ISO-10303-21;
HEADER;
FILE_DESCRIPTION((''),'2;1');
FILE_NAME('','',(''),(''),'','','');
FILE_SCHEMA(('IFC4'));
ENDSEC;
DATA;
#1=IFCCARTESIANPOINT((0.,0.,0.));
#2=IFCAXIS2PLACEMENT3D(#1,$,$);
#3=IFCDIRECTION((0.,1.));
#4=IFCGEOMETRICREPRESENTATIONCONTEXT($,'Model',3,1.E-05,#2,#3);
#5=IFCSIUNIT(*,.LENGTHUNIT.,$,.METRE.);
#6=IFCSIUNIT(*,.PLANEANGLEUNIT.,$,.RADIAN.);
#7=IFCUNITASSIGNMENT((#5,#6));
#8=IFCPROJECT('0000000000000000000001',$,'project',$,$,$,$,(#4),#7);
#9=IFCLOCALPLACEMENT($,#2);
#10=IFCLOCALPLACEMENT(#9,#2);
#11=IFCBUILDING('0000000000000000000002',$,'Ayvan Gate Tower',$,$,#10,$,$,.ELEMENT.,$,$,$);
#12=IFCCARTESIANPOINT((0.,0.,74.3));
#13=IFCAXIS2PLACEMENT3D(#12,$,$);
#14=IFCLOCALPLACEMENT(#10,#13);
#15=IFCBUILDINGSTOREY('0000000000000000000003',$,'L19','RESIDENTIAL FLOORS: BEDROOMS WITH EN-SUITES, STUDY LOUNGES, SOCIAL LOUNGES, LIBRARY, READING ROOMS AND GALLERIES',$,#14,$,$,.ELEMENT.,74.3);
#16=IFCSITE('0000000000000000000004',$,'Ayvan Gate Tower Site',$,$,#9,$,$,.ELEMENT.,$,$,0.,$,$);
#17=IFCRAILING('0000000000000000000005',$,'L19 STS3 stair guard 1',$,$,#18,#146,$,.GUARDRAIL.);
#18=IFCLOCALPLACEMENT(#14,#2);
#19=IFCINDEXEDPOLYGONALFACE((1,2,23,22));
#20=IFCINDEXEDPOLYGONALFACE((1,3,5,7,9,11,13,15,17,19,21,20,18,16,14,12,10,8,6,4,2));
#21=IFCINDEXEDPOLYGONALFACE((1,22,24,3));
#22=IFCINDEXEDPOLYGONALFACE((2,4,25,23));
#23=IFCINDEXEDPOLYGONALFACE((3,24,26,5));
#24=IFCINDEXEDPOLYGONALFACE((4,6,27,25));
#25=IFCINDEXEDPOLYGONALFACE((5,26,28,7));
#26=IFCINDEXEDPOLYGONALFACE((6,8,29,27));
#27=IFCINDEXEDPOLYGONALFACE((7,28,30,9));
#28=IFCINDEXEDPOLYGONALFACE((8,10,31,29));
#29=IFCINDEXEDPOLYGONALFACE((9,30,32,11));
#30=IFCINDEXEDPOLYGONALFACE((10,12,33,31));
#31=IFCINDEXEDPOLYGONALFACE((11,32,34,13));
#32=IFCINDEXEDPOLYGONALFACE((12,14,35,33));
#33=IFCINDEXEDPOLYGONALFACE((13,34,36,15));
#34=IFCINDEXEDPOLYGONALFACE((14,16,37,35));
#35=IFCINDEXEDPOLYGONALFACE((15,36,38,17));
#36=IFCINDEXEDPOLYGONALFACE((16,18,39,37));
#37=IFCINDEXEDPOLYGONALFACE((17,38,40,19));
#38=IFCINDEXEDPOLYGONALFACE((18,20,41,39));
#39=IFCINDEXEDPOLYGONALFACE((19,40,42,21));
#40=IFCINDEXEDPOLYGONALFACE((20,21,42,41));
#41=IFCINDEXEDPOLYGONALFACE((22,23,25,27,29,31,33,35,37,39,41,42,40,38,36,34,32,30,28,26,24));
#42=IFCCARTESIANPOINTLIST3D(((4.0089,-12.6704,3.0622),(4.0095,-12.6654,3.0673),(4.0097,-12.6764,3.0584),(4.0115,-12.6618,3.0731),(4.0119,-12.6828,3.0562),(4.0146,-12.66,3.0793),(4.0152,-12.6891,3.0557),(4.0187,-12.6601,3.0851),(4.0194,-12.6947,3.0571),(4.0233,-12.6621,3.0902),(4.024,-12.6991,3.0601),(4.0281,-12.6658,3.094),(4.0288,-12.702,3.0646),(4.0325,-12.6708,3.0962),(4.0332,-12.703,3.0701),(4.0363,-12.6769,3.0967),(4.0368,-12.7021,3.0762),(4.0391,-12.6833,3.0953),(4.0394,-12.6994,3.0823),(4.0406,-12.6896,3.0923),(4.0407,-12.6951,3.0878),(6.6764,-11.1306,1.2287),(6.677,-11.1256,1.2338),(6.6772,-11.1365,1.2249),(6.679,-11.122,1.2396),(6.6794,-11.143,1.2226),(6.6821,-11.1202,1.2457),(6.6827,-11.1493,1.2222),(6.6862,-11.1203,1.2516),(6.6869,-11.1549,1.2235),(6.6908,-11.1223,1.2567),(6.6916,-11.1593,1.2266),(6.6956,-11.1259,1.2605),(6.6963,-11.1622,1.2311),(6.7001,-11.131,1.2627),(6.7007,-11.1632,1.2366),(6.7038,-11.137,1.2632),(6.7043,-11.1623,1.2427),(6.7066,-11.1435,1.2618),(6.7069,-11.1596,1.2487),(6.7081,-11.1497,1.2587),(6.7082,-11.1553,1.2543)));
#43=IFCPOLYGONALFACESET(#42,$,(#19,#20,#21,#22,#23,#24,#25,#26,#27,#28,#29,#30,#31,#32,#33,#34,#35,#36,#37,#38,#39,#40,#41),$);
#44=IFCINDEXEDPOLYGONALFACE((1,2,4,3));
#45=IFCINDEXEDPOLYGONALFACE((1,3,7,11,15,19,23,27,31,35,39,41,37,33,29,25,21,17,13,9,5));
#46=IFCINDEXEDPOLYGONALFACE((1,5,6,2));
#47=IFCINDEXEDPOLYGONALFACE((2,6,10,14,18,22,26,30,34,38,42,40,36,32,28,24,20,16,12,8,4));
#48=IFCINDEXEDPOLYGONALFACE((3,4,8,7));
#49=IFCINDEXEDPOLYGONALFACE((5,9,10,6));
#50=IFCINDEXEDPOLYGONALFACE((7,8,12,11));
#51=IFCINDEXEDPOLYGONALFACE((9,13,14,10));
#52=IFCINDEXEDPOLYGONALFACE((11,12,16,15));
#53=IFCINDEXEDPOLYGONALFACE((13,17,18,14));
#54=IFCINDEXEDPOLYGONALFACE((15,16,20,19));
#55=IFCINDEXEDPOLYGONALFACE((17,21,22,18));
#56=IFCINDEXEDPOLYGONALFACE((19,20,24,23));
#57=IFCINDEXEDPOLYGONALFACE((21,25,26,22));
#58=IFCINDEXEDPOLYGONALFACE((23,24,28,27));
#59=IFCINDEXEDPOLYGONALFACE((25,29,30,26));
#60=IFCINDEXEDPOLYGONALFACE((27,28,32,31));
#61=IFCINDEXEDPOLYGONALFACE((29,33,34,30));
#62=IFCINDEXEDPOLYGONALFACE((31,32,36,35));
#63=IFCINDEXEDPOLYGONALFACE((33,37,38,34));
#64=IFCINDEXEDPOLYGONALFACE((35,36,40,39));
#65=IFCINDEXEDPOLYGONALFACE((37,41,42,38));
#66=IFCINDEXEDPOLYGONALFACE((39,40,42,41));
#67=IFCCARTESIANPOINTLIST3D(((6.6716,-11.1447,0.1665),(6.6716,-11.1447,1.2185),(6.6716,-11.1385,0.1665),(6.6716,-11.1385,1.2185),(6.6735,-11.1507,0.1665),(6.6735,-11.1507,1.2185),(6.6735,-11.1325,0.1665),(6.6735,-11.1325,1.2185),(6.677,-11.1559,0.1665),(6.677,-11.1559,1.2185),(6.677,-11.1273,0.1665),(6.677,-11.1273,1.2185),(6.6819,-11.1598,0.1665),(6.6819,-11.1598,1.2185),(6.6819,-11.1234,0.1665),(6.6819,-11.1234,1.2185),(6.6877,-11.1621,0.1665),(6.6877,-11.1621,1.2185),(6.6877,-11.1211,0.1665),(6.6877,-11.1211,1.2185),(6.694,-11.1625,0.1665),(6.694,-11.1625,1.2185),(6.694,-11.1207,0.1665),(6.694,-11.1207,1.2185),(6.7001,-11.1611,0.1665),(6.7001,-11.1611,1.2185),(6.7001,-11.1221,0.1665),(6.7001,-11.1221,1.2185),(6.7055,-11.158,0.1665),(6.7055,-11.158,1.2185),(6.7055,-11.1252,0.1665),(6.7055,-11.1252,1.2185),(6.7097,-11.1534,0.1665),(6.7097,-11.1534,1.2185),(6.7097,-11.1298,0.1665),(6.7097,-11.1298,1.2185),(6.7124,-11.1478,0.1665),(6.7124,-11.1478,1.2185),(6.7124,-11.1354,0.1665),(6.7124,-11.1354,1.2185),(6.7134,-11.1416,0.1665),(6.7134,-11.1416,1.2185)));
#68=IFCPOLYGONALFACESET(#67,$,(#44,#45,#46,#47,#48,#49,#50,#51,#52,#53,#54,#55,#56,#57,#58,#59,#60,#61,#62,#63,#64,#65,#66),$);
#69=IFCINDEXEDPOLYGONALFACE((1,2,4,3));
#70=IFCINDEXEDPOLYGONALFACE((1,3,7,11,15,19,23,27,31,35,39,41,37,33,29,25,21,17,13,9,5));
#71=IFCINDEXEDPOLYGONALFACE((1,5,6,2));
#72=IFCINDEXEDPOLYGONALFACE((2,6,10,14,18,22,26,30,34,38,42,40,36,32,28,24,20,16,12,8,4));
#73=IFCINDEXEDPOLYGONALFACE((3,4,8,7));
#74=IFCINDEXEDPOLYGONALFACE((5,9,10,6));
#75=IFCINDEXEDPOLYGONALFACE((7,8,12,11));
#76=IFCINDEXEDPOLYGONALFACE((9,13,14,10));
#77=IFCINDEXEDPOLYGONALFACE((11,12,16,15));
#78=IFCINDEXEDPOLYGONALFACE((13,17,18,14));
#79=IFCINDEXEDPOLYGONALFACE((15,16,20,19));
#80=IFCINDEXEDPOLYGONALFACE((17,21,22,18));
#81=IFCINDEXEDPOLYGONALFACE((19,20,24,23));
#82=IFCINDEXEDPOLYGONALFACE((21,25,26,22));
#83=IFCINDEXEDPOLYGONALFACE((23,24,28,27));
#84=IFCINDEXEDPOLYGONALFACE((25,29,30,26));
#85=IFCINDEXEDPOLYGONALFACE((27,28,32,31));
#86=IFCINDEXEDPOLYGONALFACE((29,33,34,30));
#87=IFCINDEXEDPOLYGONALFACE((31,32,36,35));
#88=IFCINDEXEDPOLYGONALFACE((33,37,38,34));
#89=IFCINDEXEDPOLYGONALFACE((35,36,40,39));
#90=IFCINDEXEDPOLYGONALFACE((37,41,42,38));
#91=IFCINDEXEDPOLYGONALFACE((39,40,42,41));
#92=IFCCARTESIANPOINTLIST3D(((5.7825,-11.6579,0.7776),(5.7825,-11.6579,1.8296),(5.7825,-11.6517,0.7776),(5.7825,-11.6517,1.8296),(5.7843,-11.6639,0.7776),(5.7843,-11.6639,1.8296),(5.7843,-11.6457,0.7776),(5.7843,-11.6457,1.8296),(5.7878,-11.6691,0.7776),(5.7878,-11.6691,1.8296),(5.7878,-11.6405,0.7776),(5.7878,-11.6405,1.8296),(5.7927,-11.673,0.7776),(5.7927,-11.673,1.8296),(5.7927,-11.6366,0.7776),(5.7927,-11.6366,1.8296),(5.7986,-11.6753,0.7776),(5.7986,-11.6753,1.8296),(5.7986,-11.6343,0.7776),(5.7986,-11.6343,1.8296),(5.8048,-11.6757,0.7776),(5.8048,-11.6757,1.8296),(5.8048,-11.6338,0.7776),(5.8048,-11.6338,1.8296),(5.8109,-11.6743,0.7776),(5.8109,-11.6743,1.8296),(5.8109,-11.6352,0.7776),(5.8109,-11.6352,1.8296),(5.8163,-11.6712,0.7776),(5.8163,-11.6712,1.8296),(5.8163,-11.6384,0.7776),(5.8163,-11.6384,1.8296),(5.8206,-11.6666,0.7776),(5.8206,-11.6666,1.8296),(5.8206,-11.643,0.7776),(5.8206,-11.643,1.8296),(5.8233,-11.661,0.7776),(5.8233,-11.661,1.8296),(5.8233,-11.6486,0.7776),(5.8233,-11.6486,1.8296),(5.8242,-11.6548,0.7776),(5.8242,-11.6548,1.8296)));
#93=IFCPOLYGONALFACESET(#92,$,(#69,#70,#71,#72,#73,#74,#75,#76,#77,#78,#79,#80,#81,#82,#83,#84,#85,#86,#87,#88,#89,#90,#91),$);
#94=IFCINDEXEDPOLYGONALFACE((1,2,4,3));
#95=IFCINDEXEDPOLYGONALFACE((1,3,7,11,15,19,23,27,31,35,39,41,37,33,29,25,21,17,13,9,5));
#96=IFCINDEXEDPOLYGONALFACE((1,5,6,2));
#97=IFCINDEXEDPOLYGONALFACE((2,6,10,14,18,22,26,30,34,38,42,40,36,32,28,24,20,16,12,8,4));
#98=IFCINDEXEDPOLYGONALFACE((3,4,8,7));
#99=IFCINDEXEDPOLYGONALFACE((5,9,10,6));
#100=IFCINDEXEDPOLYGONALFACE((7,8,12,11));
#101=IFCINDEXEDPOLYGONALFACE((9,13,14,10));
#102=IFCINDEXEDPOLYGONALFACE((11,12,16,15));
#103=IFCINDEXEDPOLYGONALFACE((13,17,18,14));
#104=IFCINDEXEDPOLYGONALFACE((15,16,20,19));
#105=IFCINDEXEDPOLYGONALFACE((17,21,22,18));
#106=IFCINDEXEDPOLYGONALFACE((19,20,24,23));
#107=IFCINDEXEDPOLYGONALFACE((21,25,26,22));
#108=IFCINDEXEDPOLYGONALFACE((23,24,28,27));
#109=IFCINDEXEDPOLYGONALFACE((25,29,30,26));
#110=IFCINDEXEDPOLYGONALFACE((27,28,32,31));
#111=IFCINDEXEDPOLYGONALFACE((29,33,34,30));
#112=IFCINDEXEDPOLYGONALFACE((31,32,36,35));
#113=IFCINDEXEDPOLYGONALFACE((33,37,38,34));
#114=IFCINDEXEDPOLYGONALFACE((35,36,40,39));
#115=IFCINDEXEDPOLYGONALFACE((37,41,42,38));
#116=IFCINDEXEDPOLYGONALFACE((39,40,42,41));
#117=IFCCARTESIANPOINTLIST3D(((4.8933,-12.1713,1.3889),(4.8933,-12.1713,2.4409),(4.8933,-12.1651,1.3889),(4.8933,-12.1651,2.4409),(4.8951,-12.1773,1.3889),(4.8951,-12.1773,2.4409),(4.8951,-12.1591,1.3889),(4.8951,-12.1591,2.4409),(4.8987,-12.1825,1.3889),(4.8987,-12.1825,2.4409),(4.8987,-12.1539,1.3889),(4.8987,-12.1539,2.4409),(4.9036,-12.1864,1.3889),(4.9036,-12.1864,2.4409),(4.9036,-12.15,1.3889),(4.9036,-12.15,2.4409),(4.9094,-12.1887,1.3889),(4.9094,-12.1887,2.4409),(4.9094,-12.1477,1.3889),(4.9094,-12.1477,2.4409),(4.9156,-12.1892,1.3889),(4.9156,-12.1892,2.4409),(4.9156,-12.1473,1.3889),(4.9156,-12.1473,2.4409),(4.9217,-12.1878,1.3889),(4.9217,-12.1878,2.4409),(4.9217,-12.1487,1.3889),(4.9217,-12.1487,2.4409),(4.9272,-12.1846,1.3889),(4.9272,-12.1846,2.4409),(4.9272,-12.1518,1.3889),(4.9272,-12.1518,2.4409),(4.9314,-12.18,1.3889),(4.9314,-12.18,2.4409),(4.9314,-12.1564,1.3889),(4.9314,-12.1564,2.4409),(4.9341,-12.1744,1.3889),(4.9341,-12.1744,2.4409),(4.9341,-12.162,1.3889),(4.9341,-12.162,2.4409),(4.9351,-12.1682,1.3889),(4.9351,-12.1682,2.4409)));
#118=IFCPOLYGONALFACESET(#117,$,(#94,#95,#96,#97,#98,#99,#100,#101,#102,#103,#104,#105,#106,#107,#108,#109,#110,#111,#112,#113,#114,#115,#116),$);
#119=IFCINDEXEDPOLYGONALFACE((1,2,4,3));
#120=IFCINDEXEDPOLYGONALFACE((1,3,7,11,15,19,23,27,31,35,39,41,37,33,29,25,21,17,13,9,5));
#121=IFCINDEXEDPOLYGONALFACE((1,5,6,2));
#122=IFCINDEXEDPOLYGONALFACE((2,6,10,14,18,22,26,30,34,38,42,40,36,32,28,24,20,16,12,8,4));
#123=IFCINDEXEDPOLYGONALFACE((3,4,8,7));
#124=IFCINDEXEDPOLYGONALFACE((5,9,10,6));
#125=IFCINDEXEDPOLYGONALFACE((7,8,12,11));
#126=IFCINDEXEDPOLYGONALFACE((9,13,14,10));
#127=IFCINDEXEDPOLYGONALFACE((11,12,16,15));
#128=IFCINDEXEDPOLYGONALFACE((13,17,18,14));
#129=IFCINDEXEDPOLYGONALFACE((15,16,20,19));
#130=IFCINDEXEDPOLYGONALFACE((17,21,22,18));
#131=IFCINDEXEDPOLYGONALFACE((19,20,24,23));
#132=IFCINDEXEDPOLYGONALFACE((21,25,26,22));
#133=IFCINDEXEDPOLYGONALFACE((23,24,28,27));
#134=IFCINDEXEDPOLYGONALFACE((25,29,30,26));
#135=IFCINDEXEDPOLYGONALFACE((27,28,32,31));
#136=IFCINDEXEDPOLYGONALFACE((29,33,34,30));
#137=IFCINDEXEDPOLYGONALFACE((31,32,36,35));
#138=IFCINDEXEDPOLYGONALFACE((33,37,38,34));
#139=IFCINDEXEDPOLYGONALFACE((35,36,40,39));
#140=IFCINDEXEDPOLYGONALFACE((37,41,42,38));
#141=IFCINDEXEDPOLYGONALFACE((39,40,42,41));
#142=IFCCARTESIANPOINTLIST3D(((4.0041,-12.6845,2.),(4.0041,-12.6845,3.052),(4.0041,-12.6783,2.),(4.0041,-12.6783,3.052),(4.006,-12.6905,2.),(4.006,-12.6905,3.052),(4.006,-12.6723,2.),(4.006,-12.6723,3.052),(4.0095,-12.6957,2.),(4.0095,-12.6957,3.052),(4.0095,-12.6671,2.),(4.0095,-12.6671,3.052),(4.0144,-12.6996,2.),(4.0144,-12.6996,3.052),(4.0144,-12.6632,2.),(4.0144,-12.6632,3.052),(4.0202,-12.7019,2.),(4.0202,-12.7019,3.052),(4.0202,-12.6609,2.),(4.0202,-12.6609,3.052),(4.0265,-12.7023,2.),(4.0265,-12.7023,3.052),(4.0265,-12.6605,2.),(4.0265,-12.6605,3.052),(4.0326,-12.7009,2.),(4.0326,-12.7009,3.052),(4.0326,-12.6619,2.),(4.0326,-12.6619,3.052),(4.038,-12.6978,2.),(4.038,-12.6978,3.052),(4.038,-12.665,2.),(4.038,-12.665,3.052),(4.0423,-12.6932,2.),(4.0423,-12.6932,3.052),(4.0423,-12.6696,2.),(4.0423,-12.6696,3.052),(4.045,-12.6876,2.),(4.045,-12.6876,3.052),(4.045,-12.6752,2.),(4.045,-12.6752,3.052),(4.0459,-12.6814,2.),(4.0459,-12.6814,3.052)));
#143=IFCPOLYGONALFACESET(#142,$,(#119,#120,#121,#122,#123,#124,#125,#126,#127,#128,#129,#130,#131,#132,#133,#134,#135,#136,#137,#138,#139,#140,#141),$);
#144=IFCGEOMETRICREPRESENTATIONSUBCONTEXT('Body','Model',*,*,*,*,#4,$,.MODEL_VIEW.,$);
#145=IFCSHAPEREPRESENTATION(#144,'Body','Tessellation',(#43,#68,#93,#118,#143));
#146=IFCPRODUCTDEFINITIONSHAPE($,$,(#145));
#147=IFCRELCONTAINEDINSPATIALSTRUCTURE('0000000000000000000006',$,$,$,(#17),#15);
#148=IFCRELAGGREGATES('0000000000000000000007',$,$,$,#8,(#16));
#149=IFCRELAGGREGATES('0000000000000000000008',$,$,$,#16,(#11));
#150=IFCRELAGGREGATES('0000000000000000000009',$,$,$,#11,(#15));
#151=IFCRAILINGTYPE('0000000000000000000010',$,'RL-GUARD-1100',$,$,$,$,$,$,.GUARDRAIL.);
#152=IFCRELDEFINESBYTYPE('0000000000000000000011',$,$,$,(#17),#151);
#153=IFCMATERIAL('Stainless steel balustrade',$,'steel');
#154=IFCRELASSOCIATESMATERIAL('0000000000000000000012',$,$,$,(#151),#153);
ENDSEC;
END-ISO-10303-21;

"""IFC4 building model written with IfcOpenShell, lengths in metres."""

from ifc_helpers import new_model, si_unit, direction, frame, origin, origin_2d, place, context, subcontext, project, spatial, circle, extrude, material, type_object, element, save


model = new_model("IFC4")

# Units and contexts
model_context = context("Model", 3, precision=1e-05, world=origin(), true_north=direction((0.0, 1.0)))
body_context = subcontext(model_context, "Body", "Model", "MODEL_VIEW")
ifc_project = project(units=[si_unit("LENGTHUNIT", "METRE"), si_unit("PLANEANGLEUNIT", "RADIAN")], contexts=[model_context])

# Site, building, storey
site_placement = place(None, origin())
site = spatial("IfcSite", under=ifc_project, at=site_placement, Name="Ayvan Gate Tower Site", CompositionType="ELEMENT", RefElevation=0.0)
building_placement = place(site_placement, origin())
building = spatial("IfcBuilding", under=site, at=building_placement, Name="Ayvan Gate Tower", CompositionType="ELEMENT")
storey_placement = place(building_placement, frame((0.0, 0.0, 74.3)))
storey = spatial("IfcBuildingStorey", under=building, at=storey_placement, Name="L19", Description="RESIDENTIAL FLOORS: BEDROOMS WITH EN-SUITES, STUDY LOUNGES, SOCIAL LOUNGES, LIBRARY, READING ROOMS AND GALLERIES", CompositionType="ELEMENT", Elevation=74.3)

# Railing
ifc_material_1 = material(Name="Stainless steel balustrade", Category="steel")
railing_type_1 = type_object("IfcRailingType", Name="RL-GUARD-1100", PredefinedType="GUARDRAIL", material=ifc_material_1)
railing_1_placement = place(storey_placement, frame((6.6924, -11.1416, 0.1665)))
element("IfcRailing", 1, at=railing_1_placement, inside=storey, type_object=railing_type_1, Name="L19 STS3 stair guard 1", PredefinedType="GUARDRAIL", context=body_context, shape_type="SweptSolid", body=[
    extrude(circle(Radius=0.0239, at=origin_2d()), frame((0.0, 0.0, 1.0762), z_axis=(-0.744186, -0.429579, 0.511517), x_axis=(0.499933, -0.866064, 0.0)), (0.0, 0.0, 1.0), 3.5845),
    extrude(circle(Radius=0.021, at=origin_2d()), origin(), (0.0, 0.0, 1.0), 1.052),
    extrude(circle(Radius=0.021, at=origin_2d()), frame((-0.8892, -0.5132, 0.6111)), (0.0, 0.0, 1.0), 1.052),
    extrude(circle(Radius=0.021, at=origin_2d()), frame((-1.7783, -1.0266, 1.2224)), (0.0, 0.0, 1.0), 1.052),
    extrude(circle(Radius=0.021, at=origin_2d()), frame((-2.6675, -1.5398, 1.8335)), (0.0, 0.0, 1.0), 1.052),
])

save(model, "model.ifc")
